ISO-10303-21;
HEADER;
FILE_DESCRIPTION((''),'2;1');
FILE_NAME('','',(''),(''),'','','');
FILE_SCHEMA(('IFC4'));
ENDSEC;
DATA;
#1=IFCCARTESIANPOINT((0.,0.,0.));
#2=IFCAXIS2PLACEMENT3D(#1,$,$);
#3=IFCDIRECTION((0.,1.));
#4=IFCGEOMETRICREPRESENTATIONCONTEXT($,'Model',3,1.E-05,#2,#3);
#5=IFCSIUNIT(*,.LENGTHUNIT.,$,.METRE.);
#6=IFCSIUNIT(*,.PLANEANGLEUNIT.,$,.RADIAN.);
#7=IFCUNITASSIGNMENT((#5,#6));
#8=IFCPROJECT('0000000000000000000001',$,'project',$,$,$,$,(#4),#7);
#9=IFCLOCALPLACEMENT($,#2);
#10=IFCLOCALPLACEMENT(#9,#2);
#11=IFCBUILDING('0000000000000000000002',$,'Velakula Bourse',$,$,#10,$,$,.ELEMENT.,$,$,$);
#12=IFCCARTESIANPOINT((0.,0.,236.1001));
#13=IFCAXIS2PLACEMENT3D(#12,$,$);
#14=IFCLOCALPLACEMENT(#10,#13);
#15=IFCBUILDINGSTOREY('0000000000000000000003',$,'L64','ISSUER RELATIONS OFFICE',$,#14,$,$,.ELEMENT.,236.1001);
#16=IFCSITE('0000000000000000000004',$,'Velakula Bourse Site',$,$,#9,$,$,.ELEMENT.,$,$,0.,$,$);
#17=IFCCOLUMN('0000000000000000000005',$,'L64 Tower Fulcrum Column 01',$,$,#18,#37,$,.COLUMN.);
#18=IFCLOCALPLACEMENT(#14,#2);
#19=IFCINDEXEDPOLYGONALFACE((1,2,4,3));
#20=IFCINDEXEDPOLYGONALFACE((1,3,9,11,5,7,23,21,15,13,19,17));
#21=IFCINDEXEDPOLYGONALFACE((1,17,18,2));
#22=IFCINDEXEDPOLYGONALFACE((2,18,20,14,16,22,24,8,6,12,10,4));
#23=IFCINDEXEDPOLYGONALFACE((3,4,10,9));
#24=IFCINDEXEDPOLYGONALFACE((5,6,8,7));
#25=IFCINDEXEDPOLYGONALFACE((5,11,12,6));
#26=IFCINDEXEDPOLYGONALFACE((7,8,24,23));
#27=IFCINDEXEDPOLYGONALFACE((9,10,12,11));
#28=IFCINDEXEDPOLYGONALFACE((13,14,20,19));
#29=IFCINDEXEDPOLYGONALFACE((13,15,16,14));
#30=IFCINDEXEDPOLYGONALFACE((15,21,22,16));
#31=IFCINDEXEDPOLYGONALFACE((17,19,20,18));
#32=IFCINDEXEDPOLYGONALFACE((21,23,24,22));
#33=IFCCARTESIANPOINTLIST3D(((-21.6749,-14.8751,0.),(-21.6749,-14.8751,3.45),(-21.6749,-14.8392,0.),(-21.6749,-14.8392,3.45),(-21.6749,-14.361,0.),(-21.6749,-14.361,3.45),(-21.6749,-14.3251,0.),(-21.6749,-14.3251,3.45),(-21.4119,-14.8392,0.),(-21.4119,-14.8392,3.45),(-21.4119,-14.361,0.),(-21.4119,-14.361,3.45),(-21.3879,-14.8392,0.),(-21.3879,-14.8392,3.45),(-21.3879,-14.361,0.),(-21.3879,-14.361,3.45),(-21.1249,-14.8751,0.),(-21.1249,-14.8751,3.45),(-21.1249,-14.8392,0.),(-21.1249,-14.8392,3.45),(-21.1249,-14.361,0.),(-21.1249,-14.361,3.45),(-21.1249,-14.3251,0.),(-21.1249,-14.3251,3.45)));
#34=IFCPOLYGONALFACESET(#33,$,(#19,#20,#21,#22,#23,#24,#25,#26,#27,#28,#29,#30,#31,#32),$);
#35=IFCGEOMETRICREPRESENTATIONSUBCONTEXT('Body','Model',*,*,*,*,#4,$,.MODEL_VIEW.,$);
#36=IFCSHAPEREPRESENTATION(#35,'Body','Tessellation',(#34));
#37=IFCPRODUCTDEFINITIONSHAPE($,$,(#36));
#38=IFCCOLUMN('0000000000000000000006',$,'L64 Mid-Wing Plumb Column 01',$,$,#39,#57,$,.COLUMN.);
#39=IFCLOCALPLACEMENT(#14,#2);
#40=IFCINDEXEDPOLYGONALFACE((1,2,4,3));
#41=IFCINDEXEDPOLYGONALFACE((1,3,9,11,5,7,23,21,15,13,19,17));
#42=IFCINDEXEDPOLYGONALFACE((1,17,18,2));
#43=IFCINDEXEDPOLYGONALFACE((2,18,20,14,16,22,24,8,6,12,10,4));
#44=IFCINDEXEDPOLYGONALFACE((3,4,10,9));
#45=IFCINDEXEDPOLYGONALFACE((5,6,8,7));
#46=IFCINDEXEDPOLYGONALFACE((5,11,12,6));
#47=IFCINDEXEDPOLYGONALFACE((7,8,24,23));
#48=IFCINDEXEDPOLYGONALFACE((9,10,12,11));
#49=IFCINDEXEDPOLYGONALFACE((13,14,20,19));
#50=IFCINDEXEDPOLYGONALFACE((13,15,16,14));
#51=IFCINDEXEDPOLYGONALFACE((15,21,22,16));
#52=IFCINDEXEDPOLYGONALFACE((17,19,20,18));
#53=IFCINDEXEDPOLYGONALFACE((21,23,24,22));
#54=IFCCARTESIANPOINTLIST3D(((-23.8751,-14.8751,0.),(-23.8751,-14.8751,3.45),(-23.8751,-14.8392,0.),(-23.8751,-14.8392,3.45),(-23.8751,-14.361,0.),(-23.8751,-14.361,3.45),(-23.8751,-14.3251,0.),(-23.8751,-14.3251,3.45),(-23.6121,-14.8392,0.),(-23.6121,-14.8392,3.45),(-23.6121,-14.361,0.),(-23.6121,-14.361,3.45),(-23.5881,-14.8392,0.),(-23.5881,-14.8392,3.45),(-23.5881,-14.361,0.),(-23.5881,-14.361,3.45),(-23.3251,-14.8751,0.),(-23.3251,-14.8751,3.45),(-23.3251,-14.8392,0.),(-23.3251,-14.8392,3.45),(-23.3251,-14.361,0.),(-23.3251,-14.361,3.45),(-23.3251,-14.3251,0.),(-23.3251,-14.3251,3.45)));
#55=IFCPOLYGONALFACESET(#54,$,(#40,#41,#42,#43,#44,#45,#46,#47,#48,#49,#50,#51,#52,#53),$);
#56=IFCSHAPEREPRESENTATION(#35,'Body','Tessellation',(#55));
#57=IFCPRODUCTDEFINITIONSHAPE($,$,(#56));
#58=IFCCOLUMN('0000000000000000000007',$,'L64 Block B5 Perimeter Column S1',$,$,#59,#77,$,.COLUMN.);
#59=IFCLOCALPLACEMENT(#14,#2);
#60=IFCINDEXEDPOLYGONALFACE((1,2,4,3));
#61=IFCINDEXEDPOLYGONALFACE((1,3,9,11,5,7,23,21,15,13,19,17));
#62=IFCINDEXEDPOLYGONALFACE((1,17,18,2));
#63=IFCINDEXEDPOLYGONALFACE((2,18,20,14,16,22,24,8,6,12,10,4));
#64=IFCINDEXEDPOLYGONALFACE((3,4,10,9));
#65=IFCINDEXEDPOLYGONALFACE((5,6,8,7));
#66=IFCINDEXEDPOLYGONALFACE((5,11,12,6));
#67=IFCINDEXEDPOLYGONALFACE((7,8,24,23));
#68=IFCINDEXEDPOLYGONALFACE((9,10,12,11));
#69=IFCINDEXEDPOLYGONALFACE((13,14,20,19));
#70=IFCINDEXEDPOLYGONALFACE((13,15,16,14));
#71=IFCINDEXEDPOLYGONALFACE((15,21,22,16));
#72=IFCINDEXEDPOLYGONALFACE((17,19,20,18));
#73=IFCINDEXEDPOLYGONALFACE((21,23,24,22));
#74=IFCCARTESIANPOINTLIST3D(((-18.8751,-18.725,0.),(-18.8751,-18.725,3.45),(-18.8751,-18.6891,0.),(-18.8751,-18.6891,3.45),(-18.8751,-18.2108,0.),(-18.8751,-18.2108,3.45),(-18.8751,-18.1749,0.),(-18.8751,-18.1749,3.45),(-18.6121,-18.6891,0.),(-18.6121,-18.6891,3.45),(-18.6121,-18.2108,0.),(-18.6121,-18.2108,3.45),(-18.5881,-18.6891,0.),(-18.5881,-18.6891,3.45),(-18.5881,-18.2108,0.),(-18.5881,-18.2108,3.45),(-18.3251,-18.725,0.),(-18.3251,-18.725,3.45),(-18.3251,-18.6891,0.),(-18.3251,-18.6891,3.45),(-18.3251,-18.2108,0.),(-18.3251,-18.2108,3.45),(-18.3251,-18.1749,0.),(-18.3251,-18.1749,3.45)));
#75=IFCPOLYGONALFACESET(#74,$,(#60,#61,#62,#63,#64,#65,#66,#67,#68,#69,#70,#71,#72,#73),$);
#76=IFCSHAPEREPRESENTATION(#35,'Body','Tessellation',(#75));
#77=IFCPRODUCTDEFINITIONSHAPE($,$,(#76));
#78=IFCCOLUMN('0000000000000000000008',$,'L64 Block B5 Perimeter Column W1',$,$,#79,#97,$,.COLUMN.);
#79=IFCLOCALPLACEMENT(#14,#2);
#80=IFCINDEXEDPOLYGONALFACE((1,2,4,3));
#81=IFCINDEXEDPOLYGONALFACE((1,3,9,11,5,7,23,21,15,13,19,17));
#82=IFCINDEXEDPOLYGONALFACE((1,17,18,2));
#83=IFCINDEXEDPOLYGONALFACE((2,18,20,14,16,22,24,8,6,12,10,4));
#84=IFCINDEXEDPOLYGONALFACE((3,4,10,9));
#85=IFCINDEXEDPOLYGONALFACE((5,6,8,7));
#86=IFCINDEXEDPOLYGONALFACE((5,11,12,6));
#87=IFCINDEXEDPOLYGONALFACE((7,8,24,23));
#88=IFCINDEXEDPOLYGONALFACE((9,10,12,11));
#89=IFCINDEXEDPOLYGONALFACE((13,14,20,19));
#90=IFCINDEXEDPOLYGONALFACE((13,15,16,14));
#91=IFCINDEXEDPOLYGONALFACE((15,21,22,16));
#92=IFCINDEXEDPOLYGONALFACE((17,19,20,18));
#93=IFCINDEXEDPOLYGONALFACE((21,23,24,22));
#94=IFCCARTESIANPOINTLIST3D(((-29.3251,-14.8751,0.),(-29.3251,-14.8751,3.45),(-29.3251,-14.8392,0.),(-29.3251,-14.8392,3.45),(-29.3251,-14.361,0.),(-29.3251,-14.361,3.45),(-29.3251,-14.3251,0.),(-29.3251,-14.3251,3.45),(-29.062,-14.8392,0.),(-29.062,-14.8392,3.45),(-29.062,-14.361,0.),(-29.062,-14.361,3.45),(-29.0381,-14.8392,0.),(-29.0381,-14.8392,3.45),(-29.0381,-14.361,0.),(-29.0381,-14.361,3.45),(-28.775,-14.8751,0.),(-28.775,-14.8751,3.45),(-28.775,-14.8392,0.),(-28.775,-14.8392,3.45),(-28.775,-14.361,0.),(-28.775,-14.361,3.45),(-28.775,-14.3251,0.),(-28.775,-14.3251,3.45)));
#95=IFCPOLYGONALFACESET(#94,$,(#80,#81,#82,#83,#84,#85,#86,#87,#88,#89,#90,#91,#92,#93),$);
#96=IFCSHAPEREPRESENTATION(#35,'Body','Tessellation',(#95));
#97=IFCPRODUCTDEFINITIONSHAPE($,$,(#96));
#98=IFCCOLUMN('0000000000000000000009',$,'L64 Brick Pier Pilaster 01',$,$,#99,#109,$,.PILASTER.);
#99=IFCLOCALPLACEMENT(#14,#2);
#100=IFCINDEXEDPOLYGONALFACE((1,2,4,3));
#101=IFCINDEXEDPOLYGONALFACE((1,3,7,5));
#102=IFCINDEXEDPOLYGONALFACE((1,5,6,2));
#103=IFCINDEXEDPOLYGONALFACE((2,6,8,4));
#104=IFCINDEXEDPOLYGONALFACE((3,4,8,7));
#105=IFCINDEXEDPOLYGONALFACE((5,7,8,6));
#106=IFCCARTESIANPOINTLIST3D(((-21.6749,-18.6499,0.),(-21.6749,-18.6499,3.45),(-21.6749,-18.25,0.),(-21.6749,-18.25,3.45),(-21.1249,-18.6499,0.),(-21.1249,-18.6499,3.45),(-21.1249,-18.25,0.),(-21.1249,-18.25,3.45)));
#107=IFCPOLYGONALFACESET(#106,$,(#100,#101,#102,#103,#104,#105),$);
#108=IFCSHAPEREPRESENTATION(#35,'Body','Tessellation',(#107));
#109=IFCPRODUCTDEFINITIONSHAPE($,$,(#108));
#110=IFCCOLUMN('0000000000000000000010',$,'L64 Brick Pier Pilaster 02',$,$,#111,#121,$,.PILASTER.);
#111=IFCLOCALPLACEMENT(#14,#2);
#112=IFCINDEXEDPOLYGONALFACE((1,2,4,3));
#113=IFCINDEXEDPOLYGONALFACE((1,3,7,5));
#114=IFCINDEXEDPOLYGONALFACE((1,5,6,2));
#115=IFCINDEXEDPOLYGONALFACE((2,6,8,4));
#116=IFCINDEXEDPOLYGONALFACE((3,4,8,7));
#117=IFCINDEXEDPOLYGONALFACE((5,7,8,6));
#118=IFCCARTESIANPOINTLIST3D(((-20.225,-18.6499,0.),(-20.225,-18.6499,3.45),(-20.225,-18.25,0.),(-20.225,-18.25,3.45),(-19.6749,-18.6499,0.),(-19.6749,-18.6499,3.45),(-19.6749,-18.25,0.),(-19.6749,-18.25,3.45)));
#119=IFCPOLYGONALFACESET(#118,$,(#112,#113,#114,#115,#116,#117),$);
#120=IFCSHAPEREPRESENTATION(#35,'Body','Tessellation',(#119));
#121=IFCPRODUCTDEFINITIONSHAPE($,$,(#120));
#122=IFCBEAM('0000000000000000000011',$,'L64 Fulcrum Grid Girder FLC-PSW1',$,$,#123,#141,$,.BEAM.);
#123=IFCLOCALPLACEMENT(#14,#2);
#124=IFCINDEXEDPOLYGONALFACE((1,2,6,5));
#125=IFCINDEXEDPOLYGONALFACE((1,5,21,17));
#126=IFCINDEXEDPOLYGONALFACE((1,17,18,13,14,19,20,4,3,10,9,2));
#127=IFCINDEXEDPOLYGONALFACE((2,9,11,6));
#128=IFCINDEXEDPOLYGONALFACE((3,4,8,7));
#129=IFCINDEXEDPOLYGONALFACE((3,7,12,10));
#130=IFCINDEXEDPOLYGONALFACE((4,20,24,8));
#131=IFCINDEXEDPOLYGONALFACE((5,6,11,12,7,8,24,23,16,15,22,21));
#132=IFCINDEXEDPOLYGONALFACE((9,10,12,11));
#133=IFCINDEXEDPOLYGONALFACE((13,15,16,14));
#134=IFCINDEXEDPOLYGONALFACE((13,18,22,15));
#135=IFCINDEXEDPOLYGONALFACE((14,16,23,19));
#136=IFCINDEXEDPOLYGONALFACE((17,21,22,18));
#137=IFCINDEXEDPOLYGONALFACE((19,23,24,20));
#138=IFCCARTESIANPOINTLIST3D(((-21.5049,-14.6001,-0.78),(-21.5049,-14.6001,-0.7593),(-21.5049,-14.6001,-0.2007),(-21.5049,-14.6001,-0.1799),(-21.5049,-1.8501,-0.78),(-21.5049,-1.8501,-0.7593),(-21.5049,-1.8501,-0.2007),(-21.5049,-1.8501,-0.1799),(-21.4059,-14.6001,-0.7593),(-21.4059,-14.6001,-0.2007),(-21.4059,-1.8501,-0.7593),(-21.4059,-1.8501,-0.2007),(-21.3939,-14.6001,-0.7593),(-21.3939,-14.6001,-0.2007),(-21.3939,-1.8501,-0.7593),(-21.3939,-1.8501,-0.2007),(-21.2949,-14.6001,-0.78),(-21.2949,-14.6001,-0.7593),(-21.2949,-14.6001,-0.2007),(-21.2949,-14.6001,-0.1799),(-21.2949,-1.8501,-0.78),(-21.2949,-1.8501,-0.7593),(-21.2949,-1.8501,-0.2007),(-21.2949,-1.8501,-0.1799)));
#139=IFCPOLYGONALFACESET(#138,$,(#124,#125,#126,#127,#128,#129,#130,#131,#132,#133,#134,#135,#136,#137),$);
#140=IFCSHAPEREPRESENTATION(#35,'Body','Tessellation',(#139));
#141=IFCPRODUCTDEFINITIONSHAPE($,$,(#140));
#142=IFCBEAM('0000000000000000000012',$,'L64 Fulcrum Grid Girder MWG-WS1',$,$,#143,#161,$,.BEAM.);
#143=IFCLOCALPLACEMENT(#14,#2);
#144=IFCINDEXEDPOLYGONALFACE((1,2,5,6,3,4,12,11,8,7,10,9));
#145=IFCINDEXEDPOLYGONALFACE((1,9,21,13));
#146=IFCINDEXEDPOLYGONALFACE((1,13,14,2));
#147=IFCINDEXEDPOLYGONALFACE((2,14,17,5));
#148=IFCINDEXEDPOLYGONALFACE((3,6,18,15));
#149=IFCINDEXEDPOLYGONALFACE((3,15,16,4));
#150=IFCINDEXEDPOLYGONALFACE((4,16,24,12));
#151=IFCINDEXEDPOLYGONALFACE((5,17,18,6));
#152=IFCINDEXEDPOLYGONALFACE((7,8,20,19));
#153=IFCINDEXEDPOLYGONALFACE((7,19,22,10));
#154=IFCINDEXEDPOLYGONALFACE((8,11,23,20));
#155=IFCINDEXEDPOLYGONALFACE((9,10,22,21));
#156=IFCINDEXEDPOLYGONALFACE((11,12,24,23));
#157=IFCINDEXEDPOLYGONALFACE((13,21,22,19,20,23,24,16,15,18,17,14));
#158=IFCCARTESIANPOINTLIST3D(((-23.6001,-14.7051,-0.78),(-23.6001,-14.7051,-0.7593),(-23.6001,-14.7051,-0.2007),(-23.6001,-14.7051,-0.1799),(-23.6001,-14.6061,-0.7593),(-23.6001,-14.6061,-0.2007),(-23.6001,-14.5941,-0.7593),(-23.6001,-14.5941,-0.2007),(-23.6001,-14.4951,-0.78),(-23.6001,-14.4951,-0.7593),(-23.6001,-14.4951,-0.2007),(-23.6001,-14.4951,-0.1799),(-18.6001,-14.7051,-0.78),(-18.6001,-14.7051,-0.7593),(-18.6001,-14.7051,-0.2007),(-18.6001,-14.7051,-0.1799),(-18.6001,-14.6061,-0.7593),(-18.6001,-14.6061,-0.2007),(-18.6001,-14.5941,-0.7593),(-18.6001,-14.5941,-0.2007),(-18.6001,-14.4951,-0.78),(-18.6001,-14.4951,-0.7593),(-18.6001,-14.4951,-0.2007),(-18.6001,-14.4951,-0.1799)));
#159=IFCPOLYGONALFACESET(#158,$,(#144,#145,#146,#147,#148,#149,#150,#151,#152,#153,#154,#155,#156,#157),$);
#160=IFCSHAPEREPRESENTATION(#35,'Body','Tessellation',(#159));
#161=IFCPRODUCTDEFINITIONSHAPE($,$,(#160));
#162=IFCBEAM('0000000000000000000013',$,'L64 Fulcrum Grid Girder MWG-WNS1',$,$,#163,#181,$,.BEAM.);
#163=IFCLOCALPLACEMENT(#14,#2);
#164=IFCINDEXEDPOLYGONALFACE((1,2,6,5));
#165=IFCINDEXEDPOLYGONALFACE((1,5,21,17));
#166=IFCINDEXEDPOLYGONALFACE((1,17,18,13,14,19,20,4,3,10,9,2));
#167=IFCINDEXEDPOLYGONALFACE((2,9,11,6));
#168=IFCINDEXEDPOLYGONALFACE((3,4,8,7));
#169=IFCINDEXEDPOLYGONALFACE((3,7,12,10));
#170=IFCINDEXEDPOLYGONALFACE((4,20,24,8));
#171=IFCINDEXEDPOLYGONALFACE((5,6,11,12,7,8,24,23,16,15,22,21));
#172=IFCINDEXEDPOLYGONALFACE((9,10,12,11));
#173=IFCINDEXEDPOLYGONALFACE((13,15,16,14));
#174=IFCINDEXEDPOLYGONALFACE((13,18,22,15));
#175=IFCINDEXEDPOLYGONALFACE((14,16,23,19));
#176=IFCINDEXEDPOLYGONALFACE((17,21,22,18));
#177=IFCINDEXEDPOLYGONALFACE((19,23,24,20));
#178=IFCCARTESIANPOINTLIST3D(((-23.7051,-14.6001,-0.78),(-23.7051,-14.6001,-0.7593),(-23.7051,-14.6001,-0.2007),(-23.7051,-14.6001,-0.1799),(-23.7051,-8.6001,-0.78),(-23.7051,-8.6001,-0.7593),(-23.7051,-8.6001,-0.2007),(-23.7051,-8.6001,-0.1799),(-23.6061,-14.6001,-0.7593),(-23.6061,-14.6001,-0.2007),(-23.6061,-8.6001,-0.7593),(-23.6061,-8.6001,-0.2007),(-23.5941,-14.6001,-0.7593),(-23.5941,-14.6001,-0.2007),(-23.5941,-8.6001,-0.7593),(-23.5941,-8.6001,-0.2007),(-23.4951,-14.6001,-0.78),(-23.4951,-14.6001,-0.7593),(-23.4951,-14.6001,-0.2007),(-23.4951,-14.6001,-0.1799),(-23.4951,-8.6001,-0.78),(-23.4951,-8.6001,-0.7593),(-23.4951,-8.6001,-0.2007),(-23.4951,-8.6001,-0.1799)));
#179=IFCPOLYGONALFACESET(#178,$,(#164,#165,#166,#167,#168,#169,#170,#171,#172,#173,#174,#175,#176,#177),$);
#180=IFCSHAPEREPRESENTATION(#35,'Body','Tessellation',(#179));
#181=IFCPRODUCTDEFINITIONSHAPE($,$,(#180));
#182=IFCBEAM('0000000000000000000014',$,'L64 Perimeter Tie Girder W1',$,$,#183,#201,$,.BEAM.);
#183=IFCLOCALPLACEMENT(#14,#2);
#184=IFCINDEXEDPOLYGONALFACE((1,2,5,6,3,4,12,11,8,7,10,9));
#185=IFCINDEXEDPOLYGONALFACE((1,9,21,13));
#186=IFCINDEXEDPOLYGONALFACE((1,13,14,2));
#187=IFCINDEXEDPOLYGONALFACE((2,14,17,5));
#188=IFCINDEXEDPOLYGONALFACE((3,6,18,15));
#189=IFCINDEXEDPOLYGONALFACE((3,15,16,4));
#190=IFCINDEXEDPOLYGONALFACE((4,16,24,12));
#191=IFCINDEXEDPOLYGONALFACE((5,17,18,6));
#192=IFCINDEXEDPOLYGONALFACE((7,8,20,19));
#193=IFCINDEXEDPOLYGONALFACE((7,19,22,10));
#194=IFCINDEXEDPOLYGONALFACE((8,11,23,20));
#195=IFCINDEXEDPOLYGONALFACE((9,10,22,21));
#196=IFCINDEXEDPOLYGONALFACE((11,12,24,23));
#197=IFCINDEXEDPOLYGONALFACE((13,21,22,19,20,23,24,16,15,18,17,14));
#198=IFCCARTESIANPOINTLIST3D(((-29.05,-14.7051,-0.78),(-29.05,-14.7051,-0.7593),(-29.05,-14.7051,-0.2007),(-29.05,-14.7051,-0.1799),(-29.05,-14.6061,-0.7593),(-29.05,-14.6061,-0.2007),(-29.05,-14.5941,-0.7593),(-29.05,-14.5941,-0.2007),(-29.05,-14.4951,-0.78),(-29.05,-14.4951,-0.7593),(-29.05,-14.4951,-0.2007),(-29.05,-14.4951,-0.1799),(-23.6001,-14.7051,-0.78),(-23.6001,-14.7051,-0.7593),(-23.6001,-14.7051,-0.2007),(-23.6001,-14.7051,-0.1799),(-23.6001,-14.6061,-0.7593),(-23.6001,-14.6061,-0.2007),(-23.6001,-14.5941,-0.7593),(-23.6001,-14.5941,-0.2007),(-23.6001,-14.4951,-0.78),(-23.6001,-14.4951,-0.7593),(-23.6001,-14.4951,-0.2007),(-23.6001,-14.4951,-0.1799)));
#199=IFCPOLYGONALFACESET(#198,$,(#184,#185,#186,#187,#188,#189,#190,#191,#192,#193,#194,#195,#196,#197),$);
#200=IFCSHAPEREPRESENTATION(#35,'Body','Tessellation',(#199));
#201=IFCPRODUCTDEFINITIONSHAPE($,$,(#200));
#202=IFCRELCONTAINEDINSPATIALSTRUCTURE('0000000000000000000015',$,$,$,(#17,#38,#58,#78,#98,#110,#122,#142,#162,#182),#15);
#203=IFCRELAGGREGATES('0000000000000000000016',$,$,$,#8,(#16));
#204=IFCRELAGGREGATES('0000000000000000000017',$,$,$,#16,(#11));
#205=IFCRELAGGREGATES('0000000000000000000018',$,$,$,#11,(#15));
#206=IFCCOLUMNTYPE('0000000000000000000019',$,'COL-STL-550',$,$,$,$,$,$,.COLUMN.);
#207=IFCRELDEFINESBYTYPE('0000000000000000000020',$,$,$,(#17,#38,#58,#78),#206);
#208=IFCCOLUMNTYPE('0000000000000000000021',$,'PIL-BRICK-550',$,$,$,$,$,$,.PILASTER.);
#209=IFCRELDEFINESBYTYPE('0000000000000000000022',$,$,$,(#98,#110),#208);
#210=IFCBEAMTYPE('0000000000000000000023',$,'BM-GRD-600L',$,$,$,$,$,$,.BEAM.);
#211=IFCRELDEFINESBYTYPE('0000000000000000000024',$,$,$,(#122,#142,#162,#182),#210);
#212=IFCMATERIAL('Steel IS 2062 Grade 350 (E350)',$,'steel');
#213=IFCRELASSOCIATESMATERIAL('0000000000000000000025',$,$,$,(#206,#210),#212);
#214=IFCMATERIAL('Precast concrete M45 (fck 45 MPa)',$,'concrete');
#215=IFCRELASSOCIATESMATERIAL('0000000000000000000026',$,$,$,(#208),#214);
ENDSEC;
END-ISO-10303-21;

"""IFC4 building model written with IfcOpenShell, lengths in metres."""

from ifc_helpers import new_model, si_unit, direction, frame, origin, origin_2d, place, context, subcontext, project, spatial, rectangle, i_section, extrude, material, material_profile, profile_set, type_object, element, save


model = new_model("IFC4")

# Units and contexts
model_context = context("Model", 3, precision=1e-05, world=origin(), true_north=direction((0.0, 1.0)))
body_context = subcontext(model_context, "Body", "Model", "MODEL_VIEW")
ifc_project = project(units=[si_unit("LENGTHUNIT", "METRE"), si_unit("PLANEANGLEUNIT", "RADIAN")], contexts=[model_context])

# Site, building, storey
site_placement = place(None, origin())
site = spatial("IfcSite", under=ifc_project, at=site_placement, Name="Velakula Bourse Site", CompositionType="ELEMENT", RefElevation=0.0)
building_placement = place(site_placement, origin())
building = spatial("IfcBuilding", under=site, at=building_placement, Name="Velakula Bourse", CompositionType="ELEMENT")
storey_placement = place(building_placement, frame((0.0, 0.0, 236.1001)))
storey = spatial("IfcBuildingStorey", under=building, at=storey_placement, Name="L64", Description="ISSUER RELATIONS OFFICE", CompositionType="ELEMENT", Elevation=236.1001)

# Columns
ifc_material_1 = material(Name="Steel IS 2062 Grade 350 (E350)", Category="steel")
ifc_material_profile_1 = material_profile(ifc_material_1, i_section(OverallWidth=0.55, OverallDepth=0.55, WebThickness=0.0239, FlangeThickness=0.0359, at=origin_2d()), Name="Steel IS 2062 Grade 350 (E350)")
ifc_profile_set_1 = profile_set([ifc_material_profile_1], Name="Steel IS 2062 Grade 350 (E350)")
column_type_1 = type_object("IfcColumnType", Name="COL-STL-550", PredefinedType="COLUMN", material=ifc_profile_set_1)
for number, where, z_axis, x_axis, name in (
    (1, (-21.3999, -14.6001, 0.0), (0.0, 0.0, 1.0), (1.0, 0.0, 0.0), "L64 Tower Fulcrum Column 01"),
    (2, (-23.6001, -14.6001, 0.0), (0.0, 0.0, 1.0), (1.0, 0.0, 0.0), "L64 Mid-Wing Plumb Column 01"),
    (3, (-18.6001, -18.45, 0.0), (0.0, 0.0, 1.0), (1.0, 0.0, 0.0), "L64 Block B5 Perimeter Column S1"),
    (4, (-29.05, -14.6001, 0.0), (0.0, 0.0, 1.0), (1.0, 0.0, 0.0), "L64 Block B5 Perimeter Column W1"),
):
    element("IfcColumn", number, at=place(storey_placement, frame(where, z_axis=z_axis, x_axis=x_axis)), inside=storey, type_object=column_type_1, Name=name, PredefinedType="COLUMN", context=body_context, shape_type="SweptSolid", body=[
        extrude(i_section(OverallWidth=0.55, OverallDepth=0.55, WebThickness=0.0239, FlangeThickness=0.0359, at=origin_2d()), origin(), (0.0, 0.0, 1.0), 3.45),
    ])
ifc_material_2 = material(Name="Precast concrete M45 (fck 45 MPa)", Category="concrete")
ifc_material_profile_2 = material_profile(ifc_material_2, rectangle(XDim=0.55, YDim=0.3999, at=origin_2d()), Name="Precast concrete M45 (fck 45 MPa)")
ifc_profile_set_2 = profile_set([ifc_material_profile_2], Name="Precast concrete M45 (fck 45 MPa)")
column_type_2 = type_object("IfcColumnType", Name="PIL-BRICK-550", PredefinedType="PILASTER", material=ifc_profile_set_2)
for number, where, z_axis, x_axis, name in (
    (5, (-21.3999, -18.45, 0.0), (0.0, 0.0, 1.0), (1.0, 0.0, 0.0), "L64 Brick Pier Pilaster 01"),
    (6, (-19.95, -18.45, 0.0), (0.0, 0.0, 1.0), (1.0, 0.0, 0.0), "L64 Brick Pier Pilaster 02"),
):
    element("IfcColumn", number, at=place(storey_placement, frame(where, z_axis=z_axis, x_axis=x_axis)), inside=storey, type_object=column_type_2, Name=name, PredefinedType="PILASTER", context=body_context, shape_type="SweptSolid", body=[
        extrude(rectangle(XDim=0.55, YDim=0.3999, at=origin_2d()), origin(), (0.0, 0.0, 1.0), 3.45),
    ])

# Beams
ifc_material_profile_3 = material_profile(ifc_material_1, i_section(OverallWidth=0.21, OverallDepth=0.6001, WebThickness=0.012, FlangeThickness=0.0208, at=origin_2d()), Name="Steel IS 2062 Grade 350 (E350)")
ifc_profile_set_3 = profile_set([ifc_material_profile_3], Name="Steel IS 2062 Grade 350 (E350)")
beam_type_1 = type_object("IfcBeamType", Name="BM-GRD-600L", PredefinedType="BEAM", material=ifc_profile_set_3)
beam_1_placement = place(storey_placement, frame((-21.3999, -14.6001, -0.48), z_axis=(0.0, 1.0, 0.0), x_axis=(-1.0, 0.0, 0.0)))
element("IfcBeam", 7, at=beam_1_placement, inside=storey, type_object=beam_type_1, Name="L64 Fulcrum Grid Girder FLC-PSW1", PredefinedType="BEAM", context=body_context, shape_type="SweptSolid", body=[
    extrude(i_section(OverallWidth=0.21, OverallDepth=0.6001, WebThickness=0.012, FlangeThickness=0.0208, at=origin_2d()), origin(), (0.0, 0.0, 1.0), 12.75),
])
beam_2_placement = place(storey_placement, frame((-23.6001, -14.6001, -0.48), z_axis=(1.0, 0.0, 0.0), x_axis=(0.0, 1.0, 0.0)))
element("IfcBeam", 8, at=beam_2_placement, inside=storey, type_object=beam_type_1, Name="L64 Fulcrum Grid Girder MWG-WS1", PredefinedType="BEAM", context=body_context, shape_type="SweptSolid", body=[
    extrude(i_section(OverallWidth=0.21, OverallDepth=0.6001, WebThickness=0.012, FlangeThickness=0.0208, at=origin_2d()), origin(), (0.0, 0.0, 1.0), 5.0),
])
beam_3_placement = place(storey_placement, frame((-23.6001, -14.6001, -0.48), z_axis=(0.0, 1.0, 0.0), x_axis=(-1.0, 0.0, 0.0)))
element("IfcBeam", 9, at=beam_3_placement, inside=storey, type_object=beam_type_1, Name="L64 Fulcrum Grid Girder MWG-WNS1", PredefinedType="BEAM", context=body_context, shape_type="SweptSolid", body=[
    extrude(i_section(OverallWidth=0.21, OverallDepth=0.6001, WebThickness=0.012, FlangeThickness=0.0208, at=origin_2d()), origin(), (0.0, 0.0, 1.0), 6.0),
])
beam_4_placement = place(storey_placement, frame((-23.6001, -14.6001, -0.48), z_axis=(-1.0, 0.0, 0.0), x_axis=(0.0, -1.0, 0.0)))
element("IfcBeam", 10, at=beam_4_placement, inside=storey, type_object=beam_type_1, Name="L64 Perimeter Tie Girder W1", PredefinedType="BEAM", context=body_context, shape_type="SweptSolid", body=[
    extrude(i_section(OverallWidth=0.21, OverallDepth=0.6001, WebThickness=0.012, FlangeThickness=0.0208, at=origin_2d()), origin(), (0.0, 0.0, 1.0), 5.45),
])

save(model, "model.ifc")
